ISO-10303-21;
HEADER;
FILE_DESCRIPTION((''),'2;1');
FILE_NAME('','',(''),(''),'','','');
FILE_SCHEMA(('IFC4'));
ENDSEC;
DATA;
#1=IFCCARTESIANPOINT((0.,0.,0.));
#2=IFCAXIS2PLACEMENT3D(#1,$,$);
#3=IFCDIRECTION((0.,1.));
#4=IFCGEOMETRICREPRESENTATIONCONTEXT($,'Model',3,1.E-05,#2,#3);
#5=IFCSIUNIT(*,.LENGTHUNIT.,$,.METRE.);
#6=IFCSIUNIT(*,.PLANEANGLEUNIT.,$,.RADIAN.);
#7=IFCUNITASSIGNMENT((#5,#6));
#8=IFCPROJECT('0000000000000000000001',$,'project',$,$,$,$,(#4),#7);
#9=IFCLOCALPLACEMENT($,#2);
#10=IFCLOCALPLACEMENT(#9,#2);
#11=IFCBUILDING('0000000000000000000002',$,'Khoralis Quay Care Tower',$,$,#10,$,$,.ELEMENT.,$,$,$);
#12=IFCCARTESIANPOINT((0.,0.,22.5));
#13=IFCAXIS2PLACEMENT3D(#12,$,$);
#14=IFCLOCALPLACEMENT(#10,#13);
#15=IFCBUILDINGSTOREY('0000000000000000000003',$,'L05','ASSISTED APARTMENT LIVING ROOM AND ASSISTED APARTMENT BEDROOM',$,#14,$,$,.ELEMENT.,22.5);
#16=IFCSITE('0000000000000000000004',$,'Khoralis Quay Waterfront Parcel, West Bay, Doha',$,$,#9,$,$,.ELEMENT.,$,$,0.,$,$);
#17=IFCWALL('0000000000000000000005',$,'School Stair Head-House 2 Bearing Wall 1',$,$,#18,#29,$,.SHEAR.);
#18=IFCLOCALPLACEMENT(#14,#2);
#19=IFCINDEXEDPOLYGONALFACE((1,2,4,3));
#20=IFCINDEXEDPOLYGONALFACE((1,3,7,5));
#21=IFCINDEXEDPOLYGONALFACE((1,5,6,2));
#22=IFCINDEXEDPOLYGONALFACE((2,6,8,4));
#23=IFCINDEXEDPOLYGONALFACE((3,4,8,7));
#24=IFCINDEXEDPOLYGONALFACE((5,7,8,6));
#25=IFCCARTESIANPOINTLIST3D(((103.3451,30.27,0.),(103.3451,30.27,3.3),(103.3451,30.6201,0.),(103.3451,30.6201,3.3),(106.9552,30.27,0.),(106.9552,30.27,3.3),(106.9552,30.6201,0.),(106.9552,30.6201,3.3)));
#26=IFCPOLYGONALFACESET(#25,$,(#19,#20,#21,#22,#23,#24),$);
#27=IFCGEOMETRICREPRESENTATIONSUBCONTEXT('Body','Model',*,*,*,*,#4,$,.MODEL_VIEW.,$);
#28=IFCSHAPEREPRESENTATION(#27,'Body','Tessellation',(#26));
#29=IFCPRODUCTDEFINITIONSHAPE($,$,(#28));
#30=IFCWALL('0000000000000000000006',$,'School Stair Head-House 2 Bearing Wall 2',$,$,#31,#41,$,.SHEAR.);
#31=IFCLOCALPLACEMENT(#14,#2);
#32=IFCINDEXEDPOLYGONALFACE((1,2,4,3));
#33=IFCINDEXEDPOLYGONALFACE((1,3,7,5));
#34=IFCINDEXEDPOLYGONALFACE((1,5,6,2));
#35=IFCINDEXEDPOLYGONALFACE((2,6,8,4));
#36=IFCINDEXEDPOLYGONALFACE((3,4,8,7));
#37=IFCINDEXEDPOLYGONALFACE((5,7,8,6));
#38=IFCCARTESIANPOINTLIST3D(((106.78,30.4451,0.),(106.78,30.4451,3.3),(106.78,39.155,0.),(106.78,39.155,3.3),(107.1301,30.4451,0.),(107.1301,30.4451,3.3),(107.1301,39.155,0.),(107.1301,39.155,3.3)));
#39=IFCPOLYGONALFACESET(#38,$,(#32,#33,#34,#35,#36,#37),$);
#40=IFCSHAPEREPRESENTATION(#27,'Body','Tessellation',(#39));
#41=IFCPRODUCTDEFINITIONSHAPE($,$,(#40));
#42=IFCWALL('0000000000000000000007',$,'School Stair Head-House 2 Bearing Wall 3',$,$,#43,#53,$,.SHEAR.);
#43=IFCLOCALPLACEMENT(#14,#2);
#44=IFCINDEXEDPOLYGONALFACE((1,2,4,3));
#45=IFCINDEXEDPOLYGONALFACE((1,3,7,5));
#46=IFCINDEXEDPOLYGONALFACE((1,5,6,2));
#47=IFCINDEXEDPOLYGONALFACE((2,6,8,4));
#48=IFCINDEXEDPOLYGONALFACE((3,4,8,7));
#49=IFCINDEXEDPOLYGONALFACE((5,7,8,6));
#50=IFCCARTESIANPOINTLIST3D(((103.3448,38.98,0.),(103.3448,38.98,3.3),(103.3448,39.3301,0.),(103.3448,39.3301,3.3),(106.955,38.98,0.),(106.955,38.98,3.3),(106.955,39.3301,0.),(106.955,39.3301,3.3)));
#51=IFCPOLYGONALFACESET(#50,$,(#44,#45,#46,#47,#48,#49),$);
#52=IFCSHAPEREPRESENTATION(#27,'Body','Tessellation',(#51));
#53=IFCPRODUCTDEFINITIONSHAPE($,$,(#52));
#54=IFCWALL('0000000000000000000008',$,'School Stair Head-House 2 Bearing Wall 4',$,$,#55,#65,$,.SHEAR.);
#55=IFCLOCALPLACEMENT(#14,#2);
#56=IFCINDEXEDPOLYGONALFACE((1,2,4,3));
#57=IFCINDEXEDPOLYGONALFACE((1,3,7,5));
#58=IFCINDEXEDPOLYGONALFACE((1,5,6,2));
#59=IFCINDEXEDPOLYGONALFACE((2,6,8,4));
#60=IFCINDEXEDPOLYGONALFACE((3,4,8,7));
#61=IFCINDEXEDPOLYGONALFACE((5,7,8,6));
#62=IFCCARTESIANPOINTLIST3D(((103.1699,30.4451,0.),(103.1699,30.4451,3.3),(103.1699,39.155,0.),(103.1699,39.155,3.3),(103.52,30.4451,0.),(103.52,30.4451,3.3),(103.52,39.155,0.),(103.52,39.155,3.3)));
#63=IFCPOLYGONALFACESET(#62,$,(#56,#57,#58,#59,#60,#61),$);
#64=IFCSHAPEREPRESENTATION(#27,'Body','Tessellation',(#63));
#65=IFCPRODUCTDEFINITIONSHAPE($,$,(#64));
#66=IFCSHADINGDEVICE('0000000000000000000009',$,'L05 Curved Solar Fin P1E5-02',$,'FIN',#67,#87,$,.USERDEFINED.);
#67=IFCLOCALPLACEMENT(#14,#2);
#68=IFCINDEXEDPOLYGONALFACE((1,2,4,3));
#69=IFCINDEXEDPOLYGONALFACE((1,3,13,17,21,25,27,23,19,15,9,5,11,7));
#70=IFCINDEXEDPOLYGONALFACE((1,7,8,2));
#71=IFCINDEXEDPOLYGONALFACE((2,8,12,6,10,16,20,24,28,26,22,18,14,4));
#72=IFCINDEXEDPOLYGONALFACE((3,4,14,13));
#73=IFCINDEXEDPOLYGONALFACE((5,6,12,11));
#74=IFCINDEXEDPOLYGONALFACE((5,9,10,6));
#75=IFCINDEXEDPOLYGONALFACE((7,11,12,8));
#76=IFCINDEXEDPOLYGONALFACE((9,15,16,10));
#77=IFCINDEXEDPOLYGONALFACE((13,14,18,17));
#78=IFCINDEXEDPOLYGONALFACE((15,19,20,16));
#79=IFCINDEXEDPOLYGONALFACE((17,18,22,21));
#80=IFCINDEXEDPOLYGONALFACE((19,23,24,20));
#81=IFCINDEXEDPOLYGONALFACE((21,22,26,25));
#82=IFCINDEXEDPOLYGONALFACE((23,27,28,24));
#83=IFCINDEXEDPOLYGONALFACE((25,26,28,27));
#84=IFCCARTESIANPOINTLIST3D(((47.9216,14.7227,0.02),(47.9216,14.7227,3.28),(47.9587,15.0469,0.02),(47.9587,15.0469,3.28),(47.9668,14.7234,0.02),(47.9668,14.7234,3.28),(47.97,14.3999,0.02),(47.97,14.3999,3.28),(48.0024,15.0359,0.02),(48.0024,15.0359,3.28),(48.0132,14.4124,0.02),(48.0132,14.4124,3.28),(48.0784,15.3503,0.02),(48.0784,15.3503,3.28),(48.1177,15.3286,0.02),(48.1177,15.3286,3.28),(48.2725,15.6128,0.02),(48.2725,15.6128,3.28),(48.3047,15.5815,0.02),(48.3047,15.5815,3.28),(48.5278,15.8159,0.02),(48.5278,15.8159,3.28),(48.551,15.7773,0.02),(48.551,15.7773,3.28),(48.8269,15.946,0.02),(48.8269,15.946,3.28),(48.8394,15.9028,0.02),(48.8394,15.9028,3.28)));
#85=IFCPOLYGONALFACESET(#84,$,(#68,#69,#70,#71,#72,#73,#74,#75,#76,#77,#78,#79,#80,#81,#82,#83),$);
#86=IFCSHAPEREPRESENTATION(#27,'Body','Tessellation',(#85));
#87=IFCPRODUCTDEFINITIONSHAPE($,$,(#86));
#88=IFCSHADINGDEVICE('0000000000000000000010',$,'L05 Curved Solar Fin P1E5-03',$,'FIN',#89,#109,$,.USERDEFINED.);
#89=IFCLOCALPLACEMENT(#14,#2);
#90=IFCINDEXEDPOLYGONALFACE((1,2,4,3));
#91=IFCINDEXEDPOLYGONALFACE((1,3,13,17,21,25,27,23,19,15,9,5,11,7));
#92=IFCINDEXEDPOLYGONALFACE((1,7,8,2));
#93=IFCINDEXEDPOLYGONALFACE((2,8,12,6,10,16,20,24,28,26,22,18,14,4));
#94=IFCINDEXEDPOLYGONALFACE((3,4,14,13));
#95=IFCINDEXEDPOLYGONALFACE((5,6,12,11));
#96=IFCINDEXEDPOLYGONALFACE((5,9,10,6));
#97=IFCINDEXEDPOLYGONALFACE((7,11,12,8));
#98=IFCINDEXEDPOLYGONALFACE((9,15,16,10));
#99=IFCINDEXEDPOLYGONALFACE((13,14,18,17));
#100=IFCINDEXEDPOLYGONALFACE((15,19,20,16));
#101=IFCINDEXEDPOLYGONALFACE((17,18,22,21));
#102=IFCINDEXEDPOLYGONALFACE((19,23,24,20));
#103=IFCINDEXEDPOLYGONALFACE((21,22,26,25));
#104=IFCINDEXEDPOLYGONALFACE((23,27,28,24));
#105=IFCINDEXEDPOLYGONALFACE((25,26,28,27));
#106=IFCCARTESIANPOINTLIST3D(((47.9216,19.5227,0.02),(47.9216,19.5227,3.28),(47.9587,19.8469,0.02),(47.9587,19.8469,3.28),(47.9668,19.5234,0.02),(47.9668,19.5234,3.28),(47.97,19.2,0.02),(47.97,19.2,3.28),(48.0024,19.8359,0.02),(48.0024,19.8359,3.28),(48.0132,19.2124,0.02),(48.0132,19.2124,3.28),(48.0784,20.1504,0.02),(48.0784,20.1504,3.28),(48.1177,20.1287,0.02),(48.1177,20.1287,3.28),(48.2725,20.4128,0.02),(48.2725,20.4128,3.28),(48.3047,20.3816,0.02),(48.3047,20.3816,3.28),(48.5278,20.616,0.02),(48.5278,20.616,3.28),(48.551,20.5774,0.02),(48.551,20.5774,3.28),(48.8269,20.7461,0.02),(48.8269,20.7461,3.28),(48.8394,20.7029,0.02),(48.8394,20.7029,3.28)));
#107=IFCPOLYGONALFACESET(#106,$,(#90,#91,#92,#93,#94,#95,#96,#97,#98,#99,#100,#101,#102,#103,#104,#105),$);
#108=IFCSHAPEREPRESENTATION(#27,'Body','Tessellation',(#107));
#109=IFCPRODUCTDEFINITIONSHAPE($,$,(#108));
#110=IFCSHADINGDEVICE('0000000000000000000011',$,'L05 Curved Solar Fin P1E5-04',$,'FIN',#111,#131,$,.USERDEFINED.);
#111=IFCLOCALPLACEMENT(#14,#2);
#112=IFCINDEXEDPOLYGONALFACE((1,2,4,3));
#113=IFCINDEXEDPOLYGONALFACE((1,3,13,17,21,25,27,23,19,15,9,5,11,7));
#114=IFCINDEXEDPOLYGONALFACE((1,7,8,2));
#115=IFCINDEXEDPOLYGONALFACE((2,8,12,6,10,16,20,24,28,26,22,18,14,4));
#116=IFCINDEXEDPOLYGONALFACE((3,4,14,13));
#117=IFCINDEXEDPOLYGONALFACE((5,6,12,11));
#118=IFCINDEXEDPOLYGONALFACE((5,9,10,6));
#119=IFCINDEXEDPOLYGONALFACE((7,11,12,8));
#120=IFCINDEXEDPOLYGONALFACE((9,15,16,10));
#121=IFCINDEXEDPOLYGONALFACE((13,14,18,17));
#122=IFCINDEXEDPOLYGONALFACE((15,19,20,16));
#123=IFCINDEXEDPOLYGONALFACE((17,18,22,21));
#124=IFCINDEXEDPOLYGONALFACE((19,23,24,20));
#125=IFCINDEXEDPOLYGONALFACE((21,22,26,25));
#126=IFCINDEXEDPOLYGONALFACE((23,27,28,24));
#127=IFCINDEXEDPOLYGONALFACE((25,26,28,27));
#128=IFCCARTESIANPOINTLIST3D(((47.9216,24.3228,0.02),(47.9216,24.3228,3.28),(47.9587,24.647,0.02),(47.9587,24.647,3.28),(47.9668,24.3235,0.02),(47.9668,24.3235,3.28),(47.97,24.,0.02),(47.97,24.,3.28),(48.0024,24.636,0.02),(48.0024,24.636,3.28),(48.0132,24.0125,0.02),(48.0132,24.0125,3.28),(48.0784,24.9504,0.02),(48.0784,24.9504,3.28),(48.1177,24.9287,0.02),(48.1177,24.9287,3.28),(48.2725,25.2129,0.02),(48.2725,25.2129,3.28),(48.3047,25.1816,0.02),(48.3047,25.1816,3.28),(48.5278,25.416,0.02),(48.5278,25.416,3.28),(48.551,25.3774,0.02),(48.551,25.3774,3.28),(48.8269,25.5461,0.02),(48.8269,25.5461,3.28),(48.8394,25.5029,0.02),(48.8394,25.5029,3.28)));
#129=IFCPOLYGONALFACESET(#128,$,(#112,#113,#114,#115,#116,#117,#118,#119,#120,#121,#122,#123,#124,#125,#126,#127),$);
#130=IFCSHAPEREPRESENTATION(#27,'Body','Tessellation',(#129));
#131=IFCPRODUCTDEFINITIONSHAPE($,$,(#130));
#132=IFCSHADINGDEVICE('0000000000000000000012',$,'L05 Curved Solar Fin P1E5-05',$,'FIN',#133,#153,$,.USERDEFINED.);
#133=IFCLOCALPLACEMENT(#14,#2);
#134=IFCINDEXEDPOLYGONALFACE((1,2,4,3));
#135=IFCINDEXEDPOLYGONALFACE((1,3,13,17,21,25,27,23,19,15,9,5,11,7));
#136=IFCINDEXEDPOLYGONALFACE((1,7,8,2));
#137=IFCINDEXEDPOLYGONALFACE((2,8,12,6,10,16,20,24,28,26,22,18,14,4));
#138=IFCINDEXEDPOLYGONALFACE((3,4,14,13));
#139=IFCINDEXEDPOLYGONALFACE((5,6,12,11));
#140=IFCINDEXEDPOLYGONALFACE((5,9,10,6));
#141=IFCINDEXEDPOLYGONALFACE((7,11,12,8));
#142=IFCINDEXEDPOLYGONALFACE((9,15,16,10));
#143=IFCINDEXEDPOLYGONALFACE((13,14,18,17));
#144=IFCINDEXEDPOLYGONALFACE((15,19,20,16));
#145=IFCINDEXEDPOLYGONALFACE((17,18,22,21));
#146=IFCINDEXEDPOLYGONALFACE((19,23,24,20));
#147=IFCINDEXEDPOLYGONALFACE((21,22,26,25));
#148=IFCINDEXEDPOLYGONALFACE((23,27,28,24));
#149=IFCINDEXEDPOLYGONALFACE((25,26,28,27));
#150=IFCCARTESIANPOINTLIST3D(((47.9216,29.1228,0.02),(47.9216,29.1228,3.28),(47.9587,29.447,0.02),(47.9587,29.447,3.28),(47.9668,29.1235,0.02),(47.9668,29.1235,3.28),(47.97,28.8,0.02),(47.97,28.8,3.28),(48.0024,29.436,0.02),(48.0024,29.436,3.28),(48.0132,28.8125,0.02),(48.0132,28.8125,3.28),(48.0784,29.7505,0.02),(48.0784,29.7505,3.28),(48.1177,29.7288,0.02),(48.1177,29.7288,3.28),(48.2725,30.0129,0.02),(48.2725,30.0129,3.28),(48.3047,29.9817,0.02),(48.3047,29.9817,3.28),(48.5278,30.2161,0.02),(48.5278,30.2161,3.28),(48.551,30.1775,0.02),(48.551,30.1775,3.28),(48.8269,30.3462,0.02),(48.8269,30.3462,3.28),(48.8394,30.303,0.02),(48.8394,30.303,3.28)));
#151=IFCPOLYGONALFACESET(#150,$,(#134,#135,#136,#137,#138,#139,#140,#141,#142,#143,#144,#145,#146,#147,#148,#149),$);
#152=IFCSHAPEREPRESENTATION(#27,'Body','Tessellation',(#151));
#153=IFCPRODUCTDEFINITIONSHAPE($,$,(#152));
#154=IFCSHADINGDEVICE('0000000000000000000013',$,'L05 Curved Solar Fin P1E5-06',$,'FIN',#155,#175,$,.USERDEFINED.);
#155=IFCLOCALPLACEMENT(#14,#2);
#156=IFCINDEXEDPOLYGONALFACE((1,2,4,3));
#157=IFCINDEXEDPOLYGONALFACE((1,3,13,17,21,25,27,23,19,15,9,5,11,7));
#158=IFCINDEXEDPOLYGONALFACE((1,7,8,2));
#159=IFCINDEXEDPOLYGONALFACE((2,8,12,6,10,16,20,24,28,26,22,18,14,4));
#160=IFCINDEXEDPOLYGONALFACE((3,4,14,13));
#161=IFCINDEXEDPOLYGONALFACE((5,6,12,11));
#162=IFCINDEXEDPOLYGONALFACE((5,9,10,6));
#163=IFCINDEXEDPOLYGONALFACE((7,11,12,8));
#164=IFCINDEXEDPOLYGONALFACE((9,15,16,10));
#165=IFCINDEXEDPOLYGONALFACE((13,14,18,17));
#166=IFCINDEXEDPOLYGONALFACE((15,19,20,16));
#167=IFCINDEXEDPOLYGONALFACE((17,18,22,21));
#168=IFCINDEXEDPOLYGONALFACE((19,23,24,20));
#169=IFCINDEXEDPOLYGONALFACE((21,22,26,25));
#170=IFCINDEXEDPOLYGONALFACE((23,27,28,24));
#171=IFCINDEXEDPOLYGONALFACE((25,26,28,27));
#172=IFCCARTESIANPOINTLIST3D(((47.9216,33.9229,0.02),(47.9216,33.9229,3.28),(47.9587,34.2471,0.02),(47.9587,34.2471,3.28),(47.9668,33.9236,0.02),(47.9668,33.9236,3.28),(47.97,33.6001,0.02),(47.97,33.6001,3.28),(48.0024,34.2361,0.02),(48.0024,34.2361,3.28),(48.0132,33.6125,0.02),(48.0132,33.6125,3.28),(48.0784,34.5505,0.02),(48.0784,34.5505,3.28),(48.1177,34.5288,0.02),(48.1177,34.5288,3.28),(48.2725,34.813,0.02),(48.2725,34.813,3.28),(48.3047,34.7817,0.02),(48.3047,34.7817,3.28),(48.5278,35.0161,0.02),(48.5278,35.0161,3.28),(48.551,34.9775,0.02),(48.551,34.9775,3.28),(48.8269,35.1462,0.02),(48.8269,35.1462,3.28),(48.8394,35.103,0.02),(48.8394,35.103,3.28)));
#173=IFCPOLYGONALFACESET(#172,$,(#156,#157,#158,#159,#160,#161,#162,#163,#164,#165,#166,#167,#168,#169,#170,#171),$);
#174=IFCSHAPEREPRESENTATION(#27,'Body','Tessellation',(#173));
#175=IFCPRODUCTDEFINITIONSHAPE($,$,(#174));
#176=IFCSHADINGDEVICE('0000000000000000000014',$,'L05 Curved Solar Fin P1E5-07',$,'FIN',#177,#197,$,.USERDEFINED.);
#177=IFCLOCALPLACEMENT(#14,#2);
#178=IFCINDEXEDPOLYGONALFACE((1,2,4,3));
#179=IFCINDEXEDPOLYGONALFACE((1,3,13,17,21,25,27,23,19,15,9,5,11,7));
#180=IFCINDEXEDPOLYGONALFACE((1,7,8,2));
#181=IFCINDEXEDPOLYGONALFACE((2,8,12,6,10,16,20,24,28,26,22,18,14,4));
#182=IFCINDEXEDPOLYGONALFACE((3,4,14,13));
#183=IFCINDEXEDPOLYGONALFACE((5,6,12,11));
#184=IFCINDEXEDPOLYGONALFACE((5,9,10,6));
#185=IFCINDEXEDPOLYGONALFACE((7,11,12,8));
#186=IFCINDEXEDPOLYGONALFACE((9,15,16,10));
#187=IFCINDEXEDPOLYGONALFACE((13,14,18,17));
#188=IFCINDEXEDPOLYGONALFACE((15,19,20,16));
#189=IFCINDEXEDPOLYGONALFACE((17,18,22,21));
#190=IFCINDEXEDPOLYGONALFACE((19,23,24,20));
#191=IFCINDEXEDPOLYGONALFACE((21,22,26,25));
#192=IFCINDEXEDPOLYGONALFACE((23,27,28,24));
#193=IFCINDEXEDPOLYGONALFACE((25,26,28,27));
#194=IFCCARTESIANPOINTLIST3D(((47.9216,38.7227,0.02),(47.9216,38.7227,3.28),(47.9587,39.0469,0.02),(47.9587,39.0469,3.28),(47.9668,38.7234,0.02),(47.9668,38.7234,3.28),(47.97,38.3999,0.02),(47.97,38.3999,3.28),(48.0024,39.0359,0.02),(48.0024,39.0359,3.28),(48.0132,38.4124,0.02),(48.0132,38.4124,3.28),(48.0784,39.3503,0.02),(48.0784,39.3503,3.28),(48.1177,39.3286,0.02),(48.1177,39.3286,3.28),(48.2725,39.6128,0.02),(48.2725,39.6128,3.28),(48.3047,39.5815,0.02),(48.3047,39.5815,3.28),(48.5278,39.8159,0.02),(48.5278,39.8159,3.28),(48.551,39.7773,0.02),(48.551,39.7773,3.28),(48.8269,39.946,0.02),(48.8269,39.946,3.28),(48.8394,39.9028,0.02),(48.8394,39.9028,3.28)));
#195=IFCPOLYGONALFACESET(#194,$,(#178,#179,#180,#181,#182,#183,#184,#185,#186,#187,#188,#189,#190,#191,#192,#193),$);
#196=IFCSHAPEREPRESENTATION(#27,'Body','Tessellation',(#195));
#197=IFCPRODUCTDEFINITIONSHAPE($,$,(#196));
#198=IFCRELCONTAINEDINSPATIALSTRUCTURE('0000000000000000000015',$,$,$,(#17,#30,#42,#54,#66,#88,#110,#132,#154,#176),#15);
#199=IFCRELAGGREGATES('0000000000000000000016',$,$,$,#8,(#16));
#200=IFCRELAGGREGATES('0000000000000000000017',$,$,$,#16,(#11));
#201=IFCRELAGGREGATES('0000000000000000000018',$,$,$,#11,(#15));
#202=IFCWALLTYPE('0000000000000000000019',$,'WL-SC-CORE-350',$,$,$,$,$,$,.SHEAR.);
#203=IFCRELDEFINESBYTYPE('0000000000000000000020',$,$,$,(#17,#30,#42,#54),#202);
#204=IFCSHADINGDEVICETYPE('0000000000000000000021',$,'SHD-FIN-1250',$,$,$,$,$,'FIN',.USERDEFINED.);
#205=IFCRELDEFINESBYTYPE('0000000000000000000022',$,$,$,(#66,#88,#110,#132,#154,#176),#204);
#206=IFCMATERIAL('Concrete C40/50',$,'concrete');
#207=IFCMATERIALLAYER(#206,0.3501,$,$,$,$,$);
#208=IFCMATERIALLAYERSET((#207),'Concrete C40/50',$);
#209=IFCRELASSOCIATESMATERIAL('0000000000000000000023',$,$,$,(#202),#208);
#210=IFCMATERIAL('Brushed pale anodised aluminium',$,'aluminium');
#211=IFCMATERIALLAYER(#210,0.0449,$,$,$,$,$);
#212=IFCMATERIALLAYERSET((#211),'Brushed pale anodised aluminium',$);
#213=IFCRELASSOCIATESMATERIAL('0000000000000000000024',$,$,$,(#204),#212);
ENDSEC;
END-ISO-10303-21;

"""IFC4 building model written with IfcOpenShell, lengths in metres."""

from ifc_helpers import new_model, si_unit, direction, frame, frame_2d, origin, place, context, subcontext, project, spatial, polyline, rectangle, outline, extrude, source, transform, mapped, material, layer, layer_set, type_object, element, save


model = new_model("IFC4")

# Units and contexts
model_context = context("Model", 3, precision=1e-05, world=origin(), true_north=direction((0.0, 1.0)))
body_context = subcontext(model_context, "Body", "Model", "MODEL_VIEW")
ifc_project = project(units=[si_unit("LENGTHUNIT", "METRE"), si_unit("PLANEANGLEUNIT", "RADIAN")], contexts=[model_context])

# Site, building, storey
site_placement = place(None, origin())
site = spatial("IfcSite", under=ifc_project, at=site_placement, Name="Khoralis Quay Waterfront Parcel, West Bay, Doha", CompositionType="ELEMENT", RefElevation=0.0)
building_placement = place(site_placement, origin())
building = spatial("IfcBuilding", under=site, at=building_placement, Name="Khoralis Quay Care Tower", CompositionType="ELEMENT")
storey_placement = place(building_placement, frame((0.0, 0.0, 22.5)))
storey = spatial("IfcBuildingStorey", under=building, at=storey_placement, Name="L05", Description="ASSISTED APARTMENT LIVING ROOM AND ASSISTED APARTMENT BEDROOM", CompositionType="ELEMENT", Elevation=22.5)

# Walls
ifc_material_1 = material(Name="Concrete C40/50", Category="concrete")
ifc_layer_1 = layer(ifc_material_1, 0.3501)
ifc_layer_set_1 = layer_set([ifc_layer_1], Name="Concrete C40/50")
wall_type_1 = type_object("IfcWallType", Name="WL-SC-CORE-350", PredefinedType="SHEAR", material=ifc_layer_set_1)
wall_1_placement = place(storey_placement, frame((103.345, 30.4451, 0.0), z_axis=(0.0, 0.0, 1.0), x_axis=(1.0, 0.0, 0.0)))
element("IfcWall", 1, at=wall_1_placement, inside=storey, type_object=wall_type_1, Name="School Stair Head-House 2 Bearing Wall 1", PredefinedType="SHEAR", context=body_context, shape_type="SweptSolid", body=[
    extrude(rectangle(XDim=3.6101, YDim=0.3501, at=frame_2d((1.8052, 0.0))), origin(), (0.0, 0.0, 1.0), 3.3),
])
wall_2_placement = place(storey_placement, frame((106.9551, 30.4451, 0.0), z_axis=(0.0, 0.0, 1.0), x_axis=(0.0, 1.0, 0.0)))
element("IfcWall", 2, at=wall_2_placement, inside=storey, type_object=wall_type_1, Name="School Stair Head-House 2 Bearing Wall 2", PredefinedType="SHEAR", context=body_context, shape_type="SweptSolid", body=[
    extrude(rectangle(XDim=8.71, YDim=0.3501, at=frame_2d((4.355, 0.0))), origin(), (0.0, 0.0, 1.0), 3.3),
])
wall_3_placement = place(storey_placement, frame((106.9551, 39.155, 0.0), z_axis=(0.0, 0.0, 1.0), x_axis=(-1.0, 0.0, 0.0)))
element("IfcWall", 3, at=wall_3_placement, inside=storey, type_object=wall_type_1, Name="School Stair Head-House 2 Bearing Wall 3", PredefinedType="SHEAR", context=body_context, shape_type="SweptSolid", body=[
    extrude(rectangle(XDim=3.6101, YDim=0.3501, at=frame_2d((1.8052, 0.0))), origin(), (0.0, 0.0, 1.0), 3.3),
])
wall_4_placement = place(storey_placement, frame((103.345, 39.155, 0.0), z_axis=(0.0, 0.0, 1.0), x_axis=(0.0, -1.0, 0.0)))
element("IfcWall", 4, at=wall_4_placement, inside=storey, type_object=wall_type_1, Name="School Stair Head-House 2 Bearing Wall 4", PredefinedType="SHEAR", context=body_context, shape_type="SweptSolid", body=[
    extrude(rectangle(XDim=8.71, YDim=0.3501, at=frame_2d((4.355, 0.0))), origin(), (0.0, 0.0, 1.0), 3.3),
])

# Shading devices
ifc_material_2 = material(Name="Brushed pale anodised aluminium", Category="aluminium")
ifc_layer_2 = layer(ifc_material_2, 0.0449)
ifc_layer_set_2 = layer_set([ifc_layer_2], Name="Brushed pale anodised aluminium")
shading_device_type = type_object("IfcShadingDeviceType", Name="SHD-FIN-1250", ElementType="FIN", PredefinedType="USERDEFINED", material=ifc_layer_set_2)
shared_shape = source(origin(), body_context, "Body", "SweptSolid", [
    extrude(outline(polyline([(0.0, 0.0), (-0.0483, 0.3228), (-0.0112, 0.647), (0.1084, 0.9504), (0.3025, 1.2129), (0.5579, 1.416), (0.8569, 1.5461), (0.8694, 1.5029), (0.5811, 1.3774), (0.3347, 1.1816), (0.1477, 0.9287), (0.0325, 0.636), (-0.0032, 0.3235), (0.0432, 0.0125), (0.0, 0.0)])), origin(), (0.0, 0.0, 1.0), 3.26),
])
for number, where, z_axis, x_axis, name in (
    (5, (47.97, 14.3999, 0.02), (0.0, 0.0, 1.0), (1.0, 0.0, 0.0), "L05 Curved Solar Fin P1E5-02"),
    (6, (47.97, 19.2, 0.02), (0.0, 0.0, 1.0), (1.0, 0.0, 0.0), "L05 Curved Solar Fin P1E5-03"),
    (7, (47.97, 24.0, 0.02), (0.0, 0.0, 1.0), (1.0, 0.0, 0.0), "L05 Curved Solar Fin P1E5-04"),
    (8, (47.97, 28.8, 0.02), (0.0, 0.0, 1.0), (1.0, 0.0, 0.0), "L05 Curved Solar Fin P1E5-05"),
    (9, (47.97, 33.6001, 0.02), (0.0, 0.0, 1.0), (1.0, 0.0, 0.0), "L05 Curved Solar Fin P1E5-06"),
    (10, (47.97, 38.3999, 0.02), (0.0, 0.0, 1.0), (1.0, 0.0, 0.0), "L05 Curved Solar Fin P1E5-07"),
):
    element("IfcShadingDevice", number, at=place(storey_placement, frame(where, z_axis=z_axis, x_axis=x_axis)), inside=storey, type_object=shading_device_type, Name=name, ObjectType="FIN", PredefinedType="USERDEFINED", context=body_context, shape_type="MappedRepresentation", body=[
        mapped(shared_shape, transform((0.0, 0.0, 0.0), scale=1.0)),
    ])

save(model, "model.ifc")
